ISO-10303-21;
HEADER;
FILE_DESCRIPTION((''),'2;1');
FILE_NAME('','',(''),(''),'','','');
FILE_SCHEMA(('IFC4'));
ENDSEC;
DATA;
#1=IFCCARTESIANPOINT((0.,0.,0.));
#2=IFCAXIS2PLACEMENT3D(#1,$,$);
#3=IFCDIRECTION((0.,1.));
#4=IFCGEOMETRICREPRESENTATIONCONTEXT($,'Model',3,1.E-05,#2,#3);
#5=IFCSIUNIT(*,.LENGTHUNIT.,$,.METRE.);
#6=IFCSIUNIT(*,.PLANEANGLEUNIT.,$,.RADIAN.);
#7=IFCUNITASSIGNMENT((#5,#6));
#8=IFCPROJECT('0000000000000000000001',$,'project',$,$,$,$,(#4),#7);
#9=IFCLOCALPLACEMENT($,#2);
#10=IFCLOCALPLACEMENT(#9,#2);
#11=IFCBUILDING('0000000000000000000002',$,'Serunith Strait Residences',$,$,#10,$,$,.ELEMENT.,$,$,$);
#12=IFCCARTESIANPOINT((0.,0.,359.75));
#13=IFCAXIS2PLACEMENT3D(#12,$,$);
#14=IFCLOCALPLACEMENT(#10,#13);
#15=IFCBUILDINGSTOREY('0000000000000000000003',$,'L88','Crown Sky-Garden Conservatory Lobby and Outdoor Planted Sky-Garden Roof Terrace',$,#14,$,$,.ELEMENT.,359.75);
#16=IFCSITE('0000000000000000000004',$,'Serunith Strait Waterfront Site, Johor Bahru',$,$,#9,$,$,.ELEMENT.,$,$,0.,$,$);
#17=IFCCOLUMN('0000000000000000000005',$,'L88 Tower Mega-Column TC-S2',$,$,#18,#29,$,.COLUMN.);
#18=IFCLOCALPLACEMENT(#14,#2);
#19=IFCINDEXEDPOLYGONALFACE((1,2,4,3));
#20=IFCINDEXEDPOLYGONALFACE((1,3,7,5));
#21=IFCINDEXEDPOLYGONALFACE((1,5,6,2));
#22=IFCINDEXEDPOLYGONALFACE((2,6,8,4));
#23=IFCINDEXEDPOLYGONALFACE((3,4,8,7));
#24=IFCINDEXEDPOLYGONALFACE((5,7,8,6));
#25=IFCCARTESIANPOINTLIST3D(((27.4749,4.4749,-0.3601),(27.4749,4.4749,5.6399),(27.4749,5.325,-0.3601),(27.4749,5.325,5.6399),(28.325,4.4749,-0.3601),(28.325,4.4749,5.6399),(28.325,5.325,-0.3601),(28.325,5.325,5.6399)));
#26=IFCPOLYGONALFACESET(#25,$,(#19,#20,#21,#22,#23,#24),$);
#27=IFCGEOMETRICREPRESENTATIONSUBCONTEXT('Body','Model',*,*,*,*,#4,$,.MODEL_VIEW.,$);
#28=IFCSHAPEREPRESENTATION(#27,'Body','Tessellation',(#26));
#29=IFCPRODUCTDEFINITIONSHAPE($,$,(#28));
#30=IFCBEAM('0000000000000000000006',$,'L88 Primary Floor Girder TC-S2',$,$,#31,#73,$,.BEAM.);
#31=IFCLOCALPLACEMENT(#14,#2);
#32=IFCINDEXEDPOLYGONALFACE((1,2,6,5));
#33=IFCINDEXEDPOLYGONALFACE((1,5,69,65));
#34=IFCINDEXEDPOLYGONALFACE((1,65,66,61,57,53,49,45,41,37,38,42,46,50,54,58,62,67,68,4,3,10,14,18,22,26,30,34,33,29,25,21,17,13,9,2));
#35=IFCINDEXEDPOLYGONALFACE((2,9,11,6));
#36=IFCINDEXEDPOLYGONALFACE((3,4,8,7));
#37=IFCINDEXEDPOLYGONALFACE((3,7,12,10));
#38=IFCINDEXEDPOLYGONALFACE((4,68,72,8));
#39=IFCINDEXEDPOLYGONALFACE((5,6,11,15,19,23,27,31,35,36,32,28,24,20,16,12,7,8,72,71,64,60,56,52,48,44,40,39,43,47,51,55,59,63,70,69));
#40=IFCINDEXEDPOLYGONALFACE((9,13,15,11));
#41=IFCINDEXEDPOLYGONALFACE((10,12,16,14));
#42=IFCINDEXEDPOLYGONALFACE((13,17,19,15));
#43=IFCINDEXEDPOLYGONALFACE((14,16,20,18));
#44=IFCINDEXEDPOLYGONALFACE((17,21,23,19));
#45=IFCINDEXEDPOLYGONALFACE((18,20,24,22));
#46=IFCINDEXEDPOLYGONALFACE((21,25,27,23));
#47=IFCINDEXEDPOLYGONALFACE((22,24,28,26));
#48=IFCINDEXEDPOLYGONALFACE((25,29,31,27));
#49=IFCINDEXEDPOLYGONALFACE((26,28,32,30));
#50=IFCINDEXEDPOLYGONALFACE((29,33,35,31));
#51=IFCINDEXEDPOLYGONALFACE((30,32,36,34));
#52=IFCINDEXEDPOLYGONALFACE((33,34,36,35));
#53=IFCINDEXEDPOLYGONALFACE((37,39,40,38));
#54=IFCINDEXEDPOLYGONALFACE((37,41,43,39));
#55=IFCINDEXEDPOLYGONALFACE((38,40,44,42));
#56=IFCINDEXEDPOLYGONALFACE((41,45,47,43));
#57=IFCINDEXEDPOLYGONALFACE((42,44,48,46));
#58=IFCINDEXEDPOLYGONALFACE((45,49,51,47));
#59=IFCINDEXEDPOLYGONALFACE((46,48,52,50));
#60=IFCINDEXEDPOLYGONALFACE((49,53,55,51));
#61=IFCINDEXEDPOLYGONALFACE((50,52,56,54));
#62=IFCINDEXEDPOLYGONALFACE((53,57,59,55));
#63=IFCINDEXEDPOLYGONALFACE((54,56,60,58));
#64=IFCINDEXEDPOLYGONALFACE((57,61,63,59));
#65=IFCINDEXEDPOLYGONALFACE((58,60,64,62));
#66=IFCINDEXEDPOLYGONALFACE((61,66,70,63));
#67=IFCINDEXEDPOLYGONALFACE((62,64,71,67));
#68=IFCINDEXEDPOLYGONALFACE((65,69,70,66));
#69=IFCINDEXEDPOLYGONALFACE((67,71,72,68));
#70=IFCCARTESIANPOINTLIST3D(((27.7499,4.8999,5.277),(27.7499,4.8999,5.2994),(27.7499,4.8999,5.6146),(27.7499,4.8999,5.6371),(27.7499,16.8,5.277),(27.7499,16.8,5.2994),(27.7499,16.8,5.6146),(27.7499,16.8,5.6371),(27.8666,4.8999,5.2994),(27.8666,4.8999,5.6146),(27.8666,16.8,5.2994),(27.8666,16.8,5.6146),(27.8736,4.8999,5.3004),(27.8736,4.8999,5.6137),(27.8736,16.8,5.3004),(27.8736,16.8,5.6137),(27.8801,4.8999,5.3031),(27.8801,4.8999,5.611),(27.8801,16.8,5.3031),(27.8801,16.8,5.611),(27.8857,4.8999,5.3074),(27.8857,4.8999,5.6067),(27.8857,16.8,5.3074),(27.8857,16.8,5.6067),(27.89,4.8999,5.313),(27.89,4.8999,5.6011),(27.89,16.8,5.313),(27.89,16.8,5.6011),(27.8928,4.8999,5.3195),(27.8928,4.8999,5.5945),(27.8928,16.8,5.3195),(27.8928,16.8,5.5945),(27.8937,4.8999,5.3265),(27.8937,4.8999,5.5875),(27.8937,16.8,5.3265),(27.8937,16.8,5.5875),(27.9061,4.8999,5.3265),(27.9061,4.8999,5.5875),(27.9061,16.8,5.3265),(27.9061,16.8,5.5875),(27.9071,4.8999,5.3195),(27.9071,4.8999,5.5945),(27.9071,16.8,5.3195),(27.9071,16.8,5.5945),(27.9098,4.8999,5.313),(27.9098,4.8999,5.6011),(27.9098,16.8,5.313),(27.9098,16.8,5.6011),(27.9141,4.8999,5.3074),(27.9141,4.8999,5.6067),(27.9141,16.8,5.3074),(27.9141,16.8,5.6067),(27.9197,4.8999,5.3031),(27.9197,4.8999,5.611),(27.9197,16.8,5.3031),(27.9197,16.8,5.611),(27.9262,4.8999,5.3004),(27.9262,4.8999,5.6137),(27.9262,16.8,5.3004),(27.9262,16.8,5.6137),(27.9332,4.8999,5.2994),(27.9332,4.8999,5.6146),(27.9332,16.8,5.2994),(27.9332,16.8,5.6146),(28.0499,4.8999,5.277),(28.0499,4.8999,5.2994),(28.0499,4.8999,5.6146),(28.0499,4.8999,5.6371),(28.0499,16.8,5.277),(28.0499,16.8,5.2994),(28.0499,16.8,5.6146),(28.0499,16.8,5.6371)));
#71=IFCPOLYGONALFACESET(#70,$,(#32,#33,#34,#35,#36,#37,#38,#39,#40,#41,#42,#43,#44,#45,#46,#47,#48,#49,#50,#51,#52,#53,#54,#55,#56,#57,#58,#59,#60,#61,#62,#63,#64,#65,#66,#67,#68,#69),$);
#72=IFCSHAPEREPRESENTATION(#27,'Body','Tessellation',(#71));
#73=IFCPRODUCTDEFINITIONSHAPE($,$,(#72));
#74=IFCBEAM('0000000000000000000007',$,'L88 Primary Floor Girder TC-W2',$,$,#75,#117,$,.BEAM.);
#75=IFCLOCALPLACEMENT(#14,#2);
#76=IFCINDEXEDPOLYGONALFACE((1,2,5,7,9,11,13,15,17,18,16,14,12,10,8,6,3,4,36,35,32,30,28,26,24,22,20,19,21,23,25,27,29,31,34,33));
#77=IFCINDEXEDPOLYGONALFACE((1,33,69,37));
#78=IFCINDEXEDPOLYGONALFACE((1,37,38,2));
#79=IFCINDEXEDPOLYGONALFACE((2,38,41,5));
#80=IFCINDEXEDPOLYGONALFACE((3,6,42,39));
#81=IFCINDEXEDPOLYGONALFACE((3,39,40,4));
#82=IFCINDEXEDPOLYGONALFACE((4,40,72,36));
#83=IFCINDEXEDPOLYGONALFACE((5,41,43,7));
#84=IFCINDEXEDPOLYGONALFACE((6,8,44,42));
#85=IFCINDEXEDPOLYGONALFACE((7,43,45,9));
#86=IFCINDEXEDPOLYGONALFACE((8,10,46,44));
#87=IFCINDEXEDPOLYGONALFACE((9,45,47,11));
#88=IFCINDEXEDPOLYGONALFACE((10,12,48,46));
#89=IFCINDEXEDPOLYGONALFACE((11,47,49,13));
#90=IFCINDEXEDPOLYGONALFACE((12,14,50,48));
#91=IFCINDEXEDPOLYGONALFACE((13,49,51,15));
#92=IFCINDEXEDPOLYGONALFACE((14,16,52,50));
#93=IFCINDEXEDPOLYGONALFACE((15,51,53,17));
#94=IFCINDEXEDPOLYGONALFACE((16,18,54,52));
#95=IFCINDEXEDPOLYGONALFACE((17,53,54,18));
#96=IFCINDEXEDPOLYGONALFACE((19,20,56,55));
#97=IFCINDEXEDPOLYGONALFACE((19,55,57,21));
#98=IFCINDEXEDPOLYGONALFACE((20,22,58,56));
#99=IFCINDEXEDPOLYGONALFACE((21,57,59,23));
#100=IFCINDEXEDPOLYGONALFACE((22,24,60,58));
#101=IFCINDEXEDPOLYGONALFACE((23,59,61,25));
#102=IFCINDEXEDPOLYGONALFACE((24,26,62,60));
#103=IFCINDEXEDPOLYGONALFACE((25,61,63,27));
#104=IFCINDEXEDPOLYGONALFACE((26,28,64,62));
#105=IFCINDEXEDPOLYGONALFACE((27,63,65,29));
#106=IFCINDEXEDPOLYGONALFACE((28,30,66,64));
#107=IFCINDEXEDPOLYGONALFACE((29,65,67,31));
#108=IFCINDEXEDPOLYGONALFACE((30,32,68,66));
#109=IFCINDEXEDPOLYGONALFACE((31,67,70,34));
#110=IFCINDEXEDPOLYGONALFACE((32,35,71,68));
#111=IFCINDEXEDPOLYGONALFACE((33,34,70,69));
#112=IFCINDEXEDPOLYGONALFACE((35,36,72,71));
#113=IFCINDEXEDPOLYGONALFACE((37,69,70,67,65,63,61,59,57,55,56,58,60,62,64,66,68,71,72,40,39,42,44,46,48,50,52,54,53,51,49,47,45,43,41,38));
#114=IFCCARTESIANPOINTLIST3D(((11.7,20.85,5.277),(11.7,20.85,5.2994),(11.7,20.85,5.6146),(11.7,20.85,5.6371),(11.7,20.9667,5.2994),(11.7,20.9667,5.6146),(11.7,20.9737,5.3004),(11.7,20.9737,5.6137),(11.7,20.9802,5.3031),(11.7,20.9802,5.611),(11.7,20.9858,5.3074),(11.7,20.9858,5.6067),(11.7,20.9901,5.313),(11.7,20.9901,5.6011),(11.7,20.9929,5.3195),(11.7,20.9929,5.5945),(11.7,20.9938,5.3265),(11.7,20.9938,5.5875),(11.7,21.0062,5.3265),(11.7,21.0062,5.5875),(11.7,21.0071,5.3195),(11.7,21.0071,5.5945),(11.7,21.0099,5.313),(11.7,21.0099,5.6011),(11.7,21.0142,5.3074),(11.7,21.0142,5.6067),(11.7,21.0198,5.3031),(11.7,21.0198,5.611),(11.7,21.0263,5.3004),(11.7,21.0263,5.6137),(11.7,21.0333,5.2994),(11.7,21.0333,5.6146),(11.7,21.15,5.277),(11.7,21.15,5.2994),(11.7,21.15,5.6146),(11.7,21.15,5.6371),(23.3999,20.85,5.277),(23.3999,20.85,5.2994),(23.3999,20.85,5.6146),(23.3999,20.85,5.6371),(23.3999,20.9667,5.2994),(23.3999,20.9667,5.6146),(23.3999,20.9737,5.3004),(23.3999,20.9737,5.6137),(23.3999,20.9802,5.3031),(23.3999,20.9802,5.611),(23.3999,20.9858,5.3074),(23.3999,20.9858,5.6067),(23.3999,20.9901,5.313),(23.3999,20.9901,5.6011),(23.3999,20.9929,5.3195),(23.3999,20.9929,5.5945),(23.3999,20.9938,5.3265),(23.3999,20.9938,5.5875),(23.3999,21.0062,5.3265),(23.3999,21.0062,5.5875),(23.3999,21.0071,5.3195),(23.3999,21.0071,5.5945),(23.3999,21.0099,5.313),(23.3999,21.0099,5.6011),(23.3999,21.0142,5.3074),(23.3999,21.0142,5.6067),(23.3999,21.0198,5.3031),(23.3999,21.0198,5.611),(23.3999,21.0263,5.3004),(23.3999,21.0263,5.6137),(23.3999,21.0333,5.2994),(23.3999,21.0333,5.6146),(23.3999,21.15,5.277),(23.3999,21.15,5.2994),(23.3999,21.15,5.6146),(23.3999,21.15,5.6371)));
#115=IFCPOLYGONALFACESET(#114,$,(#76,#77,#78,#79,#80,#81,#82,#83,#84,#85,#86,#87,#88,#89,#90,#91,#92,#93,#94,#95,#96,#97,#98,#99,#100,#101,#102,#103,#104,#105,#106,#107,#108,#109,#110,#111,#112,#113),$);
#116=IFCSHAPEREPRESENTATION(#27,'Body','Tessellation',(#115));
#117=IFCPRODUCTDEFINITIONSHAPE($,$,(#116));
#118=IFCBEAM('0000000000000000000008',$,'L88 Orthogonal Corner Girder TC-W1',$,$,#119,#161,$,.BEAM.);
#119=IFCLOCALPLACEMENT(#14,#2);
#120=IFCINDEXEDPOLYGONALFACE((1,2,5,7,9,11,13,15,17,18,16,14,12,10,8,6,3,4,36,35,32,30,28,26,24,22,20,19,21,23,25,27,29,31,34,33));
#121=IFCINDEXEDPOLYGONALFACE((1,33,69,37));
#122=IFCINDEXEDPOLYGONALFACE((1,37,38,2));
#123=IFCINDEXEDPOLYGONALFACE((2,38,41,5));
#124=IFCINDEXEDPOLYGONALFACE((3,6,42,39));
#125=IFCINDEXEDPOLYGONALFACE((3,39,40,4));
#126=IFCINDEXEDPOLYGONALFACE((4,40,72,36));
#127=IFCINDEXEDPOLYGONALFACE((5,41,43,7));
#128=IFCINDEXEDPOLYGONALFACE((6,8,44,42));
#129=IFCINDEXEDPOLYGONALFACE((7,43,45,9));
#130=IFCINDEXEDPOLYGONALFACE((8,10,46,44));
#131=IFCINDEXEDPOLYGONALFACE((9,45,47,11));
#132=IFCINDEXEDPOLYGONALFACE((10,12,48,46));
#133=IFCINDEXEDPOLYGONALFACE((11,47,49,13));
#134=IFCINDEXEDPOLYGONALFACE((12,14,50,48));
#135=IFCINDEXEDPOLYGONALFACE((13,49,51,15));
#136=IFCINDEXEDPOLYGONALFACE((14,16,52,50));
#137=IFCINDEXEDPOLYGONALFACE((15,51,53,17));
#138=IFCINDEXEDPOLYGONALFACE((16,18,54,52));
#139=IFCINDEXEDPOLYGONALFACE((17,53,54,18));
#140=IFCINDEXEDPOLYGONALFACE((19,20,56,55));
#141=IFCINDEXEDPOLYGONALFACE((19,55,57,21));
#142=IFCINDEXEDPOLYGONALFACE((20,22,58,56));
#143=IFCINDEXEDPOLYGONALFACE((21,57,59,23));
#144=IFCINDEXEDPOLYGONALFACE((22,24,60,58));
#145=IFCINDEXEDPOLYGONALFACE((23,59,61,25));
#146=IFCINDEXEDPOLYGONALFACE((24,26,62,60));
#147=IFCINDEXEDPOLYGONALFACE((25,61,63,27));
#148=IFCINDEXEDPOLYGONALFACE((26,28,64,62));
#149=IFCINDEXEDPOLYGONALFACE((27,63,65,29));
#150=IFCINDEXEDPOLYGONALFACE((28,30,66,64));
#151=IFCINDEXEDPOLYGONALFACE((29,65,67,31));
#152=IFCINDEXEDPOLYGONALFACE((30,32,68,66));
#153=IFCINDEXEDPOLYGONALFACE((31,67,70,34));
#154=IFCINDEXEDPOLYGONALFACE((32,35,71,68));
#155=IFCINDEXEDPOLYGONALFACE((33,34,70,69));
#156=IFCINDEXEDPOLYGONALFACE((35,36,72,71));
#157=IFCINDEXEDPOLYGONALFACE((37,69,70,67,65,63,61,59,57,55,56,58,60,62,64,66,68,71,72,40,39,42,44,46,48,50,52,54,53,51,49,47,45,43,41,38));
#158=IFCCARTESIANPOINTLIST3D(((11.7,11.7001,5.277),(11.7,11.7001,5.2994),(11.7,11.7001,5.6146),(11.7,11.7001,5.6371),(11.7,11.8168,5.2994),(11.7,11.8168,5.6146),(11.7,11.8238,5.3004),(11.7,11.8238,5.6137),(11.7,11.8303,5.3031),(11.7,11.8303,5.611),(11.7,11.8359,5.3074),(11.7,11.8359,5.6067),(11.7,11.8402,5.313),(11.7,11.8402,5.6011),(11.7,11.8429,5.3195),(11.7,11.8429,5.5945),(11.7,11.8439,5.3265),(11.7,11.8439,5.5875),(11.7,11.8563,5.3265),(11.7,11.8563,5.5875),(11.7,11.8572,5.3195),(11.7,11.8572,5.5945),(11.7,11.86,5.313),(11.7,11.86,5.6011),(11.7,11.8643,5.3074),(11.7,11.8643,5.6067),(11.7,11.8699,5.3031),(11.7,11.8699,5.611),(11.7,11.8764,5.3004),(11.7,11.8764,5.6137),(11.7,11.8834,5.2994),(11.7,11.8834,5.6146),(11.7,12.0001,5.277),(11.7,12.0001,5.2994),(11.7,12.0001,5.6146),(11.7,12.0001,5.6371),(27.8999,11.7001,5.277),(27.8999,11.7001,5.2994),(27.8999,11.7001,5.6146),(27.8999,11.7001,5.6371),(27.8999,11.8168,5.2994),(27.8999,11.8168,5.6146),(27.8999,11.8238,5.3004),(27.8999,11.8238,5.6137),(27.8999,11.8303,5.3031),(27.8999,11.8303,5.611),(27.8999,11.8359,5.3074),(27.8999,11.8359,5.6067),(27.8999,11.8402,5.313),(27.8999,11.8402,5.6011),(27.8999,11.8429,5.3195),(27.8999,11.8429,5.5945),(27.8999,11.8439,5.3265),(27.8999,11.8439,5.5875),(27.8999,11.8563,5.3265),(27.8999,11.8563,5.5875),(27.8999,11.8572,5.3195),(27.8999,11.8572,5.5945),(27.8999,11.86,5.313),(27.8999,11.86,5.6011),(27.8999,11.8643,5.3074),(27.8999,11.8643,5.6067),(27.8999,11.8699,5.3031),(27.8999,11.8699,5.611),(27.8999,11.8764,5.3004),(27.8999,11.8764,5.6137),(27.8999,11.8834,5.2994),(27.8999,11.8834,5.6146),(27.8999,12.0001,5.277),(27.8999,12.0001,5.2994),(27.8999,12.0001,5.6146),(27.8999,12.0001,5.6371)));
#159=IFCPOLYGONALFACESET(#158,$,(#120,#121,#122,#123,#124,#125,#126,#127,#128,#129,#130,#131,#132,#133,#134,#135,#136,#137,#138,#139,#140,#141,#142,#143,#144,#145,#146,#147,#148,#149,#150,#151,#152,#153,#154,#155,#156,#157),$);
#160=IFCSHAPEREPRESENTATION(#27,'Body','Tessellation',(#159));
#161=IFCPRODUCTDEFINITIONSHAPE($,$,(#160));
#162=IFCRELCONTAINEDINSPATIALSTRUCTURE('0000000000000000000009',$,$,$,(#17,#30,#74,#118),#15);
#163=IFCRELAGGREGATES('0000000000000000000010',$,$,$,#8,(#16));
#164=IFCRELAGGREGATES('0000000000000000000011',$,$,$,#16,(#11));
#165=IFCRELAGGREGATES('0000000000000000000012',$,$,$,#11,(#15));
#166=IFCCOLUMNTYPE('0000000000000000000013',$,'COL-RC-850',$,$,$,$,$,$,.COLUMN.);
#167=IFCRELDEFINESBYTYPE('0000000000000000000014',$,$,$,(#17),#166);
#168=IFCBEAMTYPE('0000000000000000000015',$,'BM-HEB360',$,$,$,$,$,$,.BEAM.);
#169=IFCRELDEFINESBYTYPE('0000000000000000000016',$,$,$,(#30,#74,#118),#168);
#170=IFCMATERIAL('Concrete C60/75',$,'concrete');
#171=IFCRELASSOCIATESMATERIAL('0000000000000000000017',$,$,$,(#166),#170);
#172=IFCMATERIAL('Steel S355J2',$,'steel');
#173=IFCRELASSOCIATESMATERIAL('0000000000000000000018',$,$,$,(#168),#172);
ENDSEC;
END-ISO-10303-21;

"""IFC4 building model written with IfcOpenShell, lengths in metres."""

from ifc_helpers import new_model, si_unit, direction, frame, origin, origin_2d, place, context, subcontext, project, spatial, rectangle, i_section, extrude, source, transform, mapped, material, material_profile, profile_set, type_object, element, save


model = new_model("IFC4")

# Units and contexts
model_context = context("Model", 3, precision=1e-05, world=origin(), true_north=direction((0.0, 1.0)))
body_context = subcontext(model_context, "Body", "Model", "MODEL_VIEW")
ifc_project = project(units=[si_unit("LENGTHUNIT", "METRE"), si_unit("PLANEANGLEUNIT", "RADIAN")], contexts=[model_context])

# Site, building, storey
site_placement = place(None, origin())
site = spatial("IfcSite", under=ifc_project, at=site_placement, Name="Serunith Strait Waterfront Site, Johor Bahru", CompositionType="ELEMENT", RefElevation=0.0)
building_placement = place(site_placement, origin())
building = spatial("IfcBuilding", under=site, at=building_placement, Name="Serunith Strait Residences", CompositionType="ELEMENT")
storey_placement = place(building_placement, frame((0.0, 0.0, 359.75)))
storey = spatial("IfcBuildingStorey", under=building, at=storey_placement, Name="L88", Description="Crown Sky-Garden Conservatory Lobby and Outdoor Planted Sky-Garden Roof Terrace", CompositionType="ELEMENT", Elevation=359.75)

# Column
ifc_material_1 = material(Name="Concrete C60/75", Category="concrete")
ifc_material_profile_1 = material_profile(ifc_material_1, rectangle(XDim=0.8501, YDim=0.8501, at=origin_2d()), Name="RC 850x850")
ifc_profile_set_1 = profile_set([ifc_material_profile_1], Name="Concrete C60/75")
column_type = type_object("IfcColumnType", Name="COL-RC-850", PredefinedType="COLUMN", material=ifc_profile_set_1)
shared_shape_1 = source(origin(), body_context, "Body", "SweptSolid", [
    extrude(rectangle(XDim=0.8501, YDim=0.8501, at=origin_2d()), origin(), (0.0, 0.0, 1.0), 6.0),
])
column_placement = place(storey_placement, frame((27.8999, 4.8999, -0.3601), z_axis=(0.0, 0.0, 1.0), x_axis=(1.0, 0.0, 0.0)))
element("IfcColumn", 1, at=column_placement, inside=storey, type_object=column_type, Name="L88 Tower Mega-Column TC-S2", PredefinedType="COLUMN", context=body_context, shape_type="MappedRepresentation", body=[
    mapped(shared_shape_1, transform((0.0, 0.0, 0.0), scale=1.0)),
])

# Beams
ifc_material_2 = material(Name="Steel S355J2", Category="steel")
ifc_material_profile_2 = material_profile(ifc_material_2, i_section(OverallWidth=0.3, OverallDepth=0.3601, WebThickness=0.0125, FlangeThickness=0.0225, FilletRadius=0.0271, at=origin_2d()), Name="HEB 360")
ifc_profile_set_2 = profile_set([ifc_material_profile_2], Name="Steel S355J2")
beam_type_1 = type_object("IfcBeamType", Name="BM-HEB360", PredefinedType="BEAM", material=ifc_profile_set_2)
shared_shape_2 = source(origin(), body_context, "Body", "SweptSolid", [
    extrude(i_section(OverallWidth=0.3, OverallDepth=0.3601, WebThickness=0.0125, FlangeThickness=0.0225, FilletRadius=0.0271, at=origin_2d()), origin(), (0.0, 0.0, 1.0), 11.9001),
])
beam_1_placement = place(storey_placement, frame((27.8999, 16.8, 5.457), z_axis=(0.0, -1.0, 0.0), x_axis=(1.0, 0.0, 0.0)))
element("IfcBeam", 2, at=beam_1_placement, inside=storey, type_object=beam_type_1, Name="L88 Primary Floor Girder TC-S2", PredefinedType="BEAM", context=body_context, shape_type="MappedRepresentation", body=[
    mapped(shared_shape_2, transform((0.0, 0.0, 0.0), scale=1.0)),
])
shared_shape_3 = source(origin(), body_context, "Body", "SweptSolid", [
    extrude(i_section(OverallWidth=0.3, OverallDepth=0.3601, WebThickness=0.0125, FlangeThickness=0.0225, FilletRadius=0.0271, at=origin_2d()), origin(), (0.0, 0.0, 1.0), 11.7),
])
beam_2_placement = place(storey_placement, frame((23.3999, 21.0, 5.457), z_axis=(-1.0, 0.0, 0.0), x_axis=(0.0, -1.0, 0.0)))
element("IfcBeam", 3, at=beam_2_placement, inside=storey, type_object=beam_type_1, Name="L88 Primary Floor Girder TC-W2", PredefinedType="BEAM", context=body_context, shape_type="MappedRepresentation", body=[
    mapped(shared_shape_3, transform((0.0, 0.0, 0.0), scale=1.0)),
])
shared_shape_4 = source(origin(), body_context, "Body", "SweptSolid", [
    extrude(i_section(OverallWidth=0.3, OverallDepth=0.3601, WebThickness=0.0125, FlangeThickness=0.0225, FilletRadius=0.0271, at=origin_2d()), origin(), (0.0, 0.0, 1.0), 16.2),
])
beam_3_placement = place(storey_placement, frame((27.8999, 11.8501, 5.457), z_axis=(-1.0, 0.0, 0.0), x_axis=(0.0, -1.0, 0.0)))
element("IfcBeam", 4, at=beam_3_placement, inside=storey, type_object=beam_type_1, Name="L88 Orthogonal Corner Girder TC-W1", PredefinedType="BEAM", context=body_context, shape_type="MappedRepresentation", body=[
    mapped(shared_shape_4, transform((0.0, 0.0, 0.0), scale=1.0)),
])

save(model, "model.ifc")
